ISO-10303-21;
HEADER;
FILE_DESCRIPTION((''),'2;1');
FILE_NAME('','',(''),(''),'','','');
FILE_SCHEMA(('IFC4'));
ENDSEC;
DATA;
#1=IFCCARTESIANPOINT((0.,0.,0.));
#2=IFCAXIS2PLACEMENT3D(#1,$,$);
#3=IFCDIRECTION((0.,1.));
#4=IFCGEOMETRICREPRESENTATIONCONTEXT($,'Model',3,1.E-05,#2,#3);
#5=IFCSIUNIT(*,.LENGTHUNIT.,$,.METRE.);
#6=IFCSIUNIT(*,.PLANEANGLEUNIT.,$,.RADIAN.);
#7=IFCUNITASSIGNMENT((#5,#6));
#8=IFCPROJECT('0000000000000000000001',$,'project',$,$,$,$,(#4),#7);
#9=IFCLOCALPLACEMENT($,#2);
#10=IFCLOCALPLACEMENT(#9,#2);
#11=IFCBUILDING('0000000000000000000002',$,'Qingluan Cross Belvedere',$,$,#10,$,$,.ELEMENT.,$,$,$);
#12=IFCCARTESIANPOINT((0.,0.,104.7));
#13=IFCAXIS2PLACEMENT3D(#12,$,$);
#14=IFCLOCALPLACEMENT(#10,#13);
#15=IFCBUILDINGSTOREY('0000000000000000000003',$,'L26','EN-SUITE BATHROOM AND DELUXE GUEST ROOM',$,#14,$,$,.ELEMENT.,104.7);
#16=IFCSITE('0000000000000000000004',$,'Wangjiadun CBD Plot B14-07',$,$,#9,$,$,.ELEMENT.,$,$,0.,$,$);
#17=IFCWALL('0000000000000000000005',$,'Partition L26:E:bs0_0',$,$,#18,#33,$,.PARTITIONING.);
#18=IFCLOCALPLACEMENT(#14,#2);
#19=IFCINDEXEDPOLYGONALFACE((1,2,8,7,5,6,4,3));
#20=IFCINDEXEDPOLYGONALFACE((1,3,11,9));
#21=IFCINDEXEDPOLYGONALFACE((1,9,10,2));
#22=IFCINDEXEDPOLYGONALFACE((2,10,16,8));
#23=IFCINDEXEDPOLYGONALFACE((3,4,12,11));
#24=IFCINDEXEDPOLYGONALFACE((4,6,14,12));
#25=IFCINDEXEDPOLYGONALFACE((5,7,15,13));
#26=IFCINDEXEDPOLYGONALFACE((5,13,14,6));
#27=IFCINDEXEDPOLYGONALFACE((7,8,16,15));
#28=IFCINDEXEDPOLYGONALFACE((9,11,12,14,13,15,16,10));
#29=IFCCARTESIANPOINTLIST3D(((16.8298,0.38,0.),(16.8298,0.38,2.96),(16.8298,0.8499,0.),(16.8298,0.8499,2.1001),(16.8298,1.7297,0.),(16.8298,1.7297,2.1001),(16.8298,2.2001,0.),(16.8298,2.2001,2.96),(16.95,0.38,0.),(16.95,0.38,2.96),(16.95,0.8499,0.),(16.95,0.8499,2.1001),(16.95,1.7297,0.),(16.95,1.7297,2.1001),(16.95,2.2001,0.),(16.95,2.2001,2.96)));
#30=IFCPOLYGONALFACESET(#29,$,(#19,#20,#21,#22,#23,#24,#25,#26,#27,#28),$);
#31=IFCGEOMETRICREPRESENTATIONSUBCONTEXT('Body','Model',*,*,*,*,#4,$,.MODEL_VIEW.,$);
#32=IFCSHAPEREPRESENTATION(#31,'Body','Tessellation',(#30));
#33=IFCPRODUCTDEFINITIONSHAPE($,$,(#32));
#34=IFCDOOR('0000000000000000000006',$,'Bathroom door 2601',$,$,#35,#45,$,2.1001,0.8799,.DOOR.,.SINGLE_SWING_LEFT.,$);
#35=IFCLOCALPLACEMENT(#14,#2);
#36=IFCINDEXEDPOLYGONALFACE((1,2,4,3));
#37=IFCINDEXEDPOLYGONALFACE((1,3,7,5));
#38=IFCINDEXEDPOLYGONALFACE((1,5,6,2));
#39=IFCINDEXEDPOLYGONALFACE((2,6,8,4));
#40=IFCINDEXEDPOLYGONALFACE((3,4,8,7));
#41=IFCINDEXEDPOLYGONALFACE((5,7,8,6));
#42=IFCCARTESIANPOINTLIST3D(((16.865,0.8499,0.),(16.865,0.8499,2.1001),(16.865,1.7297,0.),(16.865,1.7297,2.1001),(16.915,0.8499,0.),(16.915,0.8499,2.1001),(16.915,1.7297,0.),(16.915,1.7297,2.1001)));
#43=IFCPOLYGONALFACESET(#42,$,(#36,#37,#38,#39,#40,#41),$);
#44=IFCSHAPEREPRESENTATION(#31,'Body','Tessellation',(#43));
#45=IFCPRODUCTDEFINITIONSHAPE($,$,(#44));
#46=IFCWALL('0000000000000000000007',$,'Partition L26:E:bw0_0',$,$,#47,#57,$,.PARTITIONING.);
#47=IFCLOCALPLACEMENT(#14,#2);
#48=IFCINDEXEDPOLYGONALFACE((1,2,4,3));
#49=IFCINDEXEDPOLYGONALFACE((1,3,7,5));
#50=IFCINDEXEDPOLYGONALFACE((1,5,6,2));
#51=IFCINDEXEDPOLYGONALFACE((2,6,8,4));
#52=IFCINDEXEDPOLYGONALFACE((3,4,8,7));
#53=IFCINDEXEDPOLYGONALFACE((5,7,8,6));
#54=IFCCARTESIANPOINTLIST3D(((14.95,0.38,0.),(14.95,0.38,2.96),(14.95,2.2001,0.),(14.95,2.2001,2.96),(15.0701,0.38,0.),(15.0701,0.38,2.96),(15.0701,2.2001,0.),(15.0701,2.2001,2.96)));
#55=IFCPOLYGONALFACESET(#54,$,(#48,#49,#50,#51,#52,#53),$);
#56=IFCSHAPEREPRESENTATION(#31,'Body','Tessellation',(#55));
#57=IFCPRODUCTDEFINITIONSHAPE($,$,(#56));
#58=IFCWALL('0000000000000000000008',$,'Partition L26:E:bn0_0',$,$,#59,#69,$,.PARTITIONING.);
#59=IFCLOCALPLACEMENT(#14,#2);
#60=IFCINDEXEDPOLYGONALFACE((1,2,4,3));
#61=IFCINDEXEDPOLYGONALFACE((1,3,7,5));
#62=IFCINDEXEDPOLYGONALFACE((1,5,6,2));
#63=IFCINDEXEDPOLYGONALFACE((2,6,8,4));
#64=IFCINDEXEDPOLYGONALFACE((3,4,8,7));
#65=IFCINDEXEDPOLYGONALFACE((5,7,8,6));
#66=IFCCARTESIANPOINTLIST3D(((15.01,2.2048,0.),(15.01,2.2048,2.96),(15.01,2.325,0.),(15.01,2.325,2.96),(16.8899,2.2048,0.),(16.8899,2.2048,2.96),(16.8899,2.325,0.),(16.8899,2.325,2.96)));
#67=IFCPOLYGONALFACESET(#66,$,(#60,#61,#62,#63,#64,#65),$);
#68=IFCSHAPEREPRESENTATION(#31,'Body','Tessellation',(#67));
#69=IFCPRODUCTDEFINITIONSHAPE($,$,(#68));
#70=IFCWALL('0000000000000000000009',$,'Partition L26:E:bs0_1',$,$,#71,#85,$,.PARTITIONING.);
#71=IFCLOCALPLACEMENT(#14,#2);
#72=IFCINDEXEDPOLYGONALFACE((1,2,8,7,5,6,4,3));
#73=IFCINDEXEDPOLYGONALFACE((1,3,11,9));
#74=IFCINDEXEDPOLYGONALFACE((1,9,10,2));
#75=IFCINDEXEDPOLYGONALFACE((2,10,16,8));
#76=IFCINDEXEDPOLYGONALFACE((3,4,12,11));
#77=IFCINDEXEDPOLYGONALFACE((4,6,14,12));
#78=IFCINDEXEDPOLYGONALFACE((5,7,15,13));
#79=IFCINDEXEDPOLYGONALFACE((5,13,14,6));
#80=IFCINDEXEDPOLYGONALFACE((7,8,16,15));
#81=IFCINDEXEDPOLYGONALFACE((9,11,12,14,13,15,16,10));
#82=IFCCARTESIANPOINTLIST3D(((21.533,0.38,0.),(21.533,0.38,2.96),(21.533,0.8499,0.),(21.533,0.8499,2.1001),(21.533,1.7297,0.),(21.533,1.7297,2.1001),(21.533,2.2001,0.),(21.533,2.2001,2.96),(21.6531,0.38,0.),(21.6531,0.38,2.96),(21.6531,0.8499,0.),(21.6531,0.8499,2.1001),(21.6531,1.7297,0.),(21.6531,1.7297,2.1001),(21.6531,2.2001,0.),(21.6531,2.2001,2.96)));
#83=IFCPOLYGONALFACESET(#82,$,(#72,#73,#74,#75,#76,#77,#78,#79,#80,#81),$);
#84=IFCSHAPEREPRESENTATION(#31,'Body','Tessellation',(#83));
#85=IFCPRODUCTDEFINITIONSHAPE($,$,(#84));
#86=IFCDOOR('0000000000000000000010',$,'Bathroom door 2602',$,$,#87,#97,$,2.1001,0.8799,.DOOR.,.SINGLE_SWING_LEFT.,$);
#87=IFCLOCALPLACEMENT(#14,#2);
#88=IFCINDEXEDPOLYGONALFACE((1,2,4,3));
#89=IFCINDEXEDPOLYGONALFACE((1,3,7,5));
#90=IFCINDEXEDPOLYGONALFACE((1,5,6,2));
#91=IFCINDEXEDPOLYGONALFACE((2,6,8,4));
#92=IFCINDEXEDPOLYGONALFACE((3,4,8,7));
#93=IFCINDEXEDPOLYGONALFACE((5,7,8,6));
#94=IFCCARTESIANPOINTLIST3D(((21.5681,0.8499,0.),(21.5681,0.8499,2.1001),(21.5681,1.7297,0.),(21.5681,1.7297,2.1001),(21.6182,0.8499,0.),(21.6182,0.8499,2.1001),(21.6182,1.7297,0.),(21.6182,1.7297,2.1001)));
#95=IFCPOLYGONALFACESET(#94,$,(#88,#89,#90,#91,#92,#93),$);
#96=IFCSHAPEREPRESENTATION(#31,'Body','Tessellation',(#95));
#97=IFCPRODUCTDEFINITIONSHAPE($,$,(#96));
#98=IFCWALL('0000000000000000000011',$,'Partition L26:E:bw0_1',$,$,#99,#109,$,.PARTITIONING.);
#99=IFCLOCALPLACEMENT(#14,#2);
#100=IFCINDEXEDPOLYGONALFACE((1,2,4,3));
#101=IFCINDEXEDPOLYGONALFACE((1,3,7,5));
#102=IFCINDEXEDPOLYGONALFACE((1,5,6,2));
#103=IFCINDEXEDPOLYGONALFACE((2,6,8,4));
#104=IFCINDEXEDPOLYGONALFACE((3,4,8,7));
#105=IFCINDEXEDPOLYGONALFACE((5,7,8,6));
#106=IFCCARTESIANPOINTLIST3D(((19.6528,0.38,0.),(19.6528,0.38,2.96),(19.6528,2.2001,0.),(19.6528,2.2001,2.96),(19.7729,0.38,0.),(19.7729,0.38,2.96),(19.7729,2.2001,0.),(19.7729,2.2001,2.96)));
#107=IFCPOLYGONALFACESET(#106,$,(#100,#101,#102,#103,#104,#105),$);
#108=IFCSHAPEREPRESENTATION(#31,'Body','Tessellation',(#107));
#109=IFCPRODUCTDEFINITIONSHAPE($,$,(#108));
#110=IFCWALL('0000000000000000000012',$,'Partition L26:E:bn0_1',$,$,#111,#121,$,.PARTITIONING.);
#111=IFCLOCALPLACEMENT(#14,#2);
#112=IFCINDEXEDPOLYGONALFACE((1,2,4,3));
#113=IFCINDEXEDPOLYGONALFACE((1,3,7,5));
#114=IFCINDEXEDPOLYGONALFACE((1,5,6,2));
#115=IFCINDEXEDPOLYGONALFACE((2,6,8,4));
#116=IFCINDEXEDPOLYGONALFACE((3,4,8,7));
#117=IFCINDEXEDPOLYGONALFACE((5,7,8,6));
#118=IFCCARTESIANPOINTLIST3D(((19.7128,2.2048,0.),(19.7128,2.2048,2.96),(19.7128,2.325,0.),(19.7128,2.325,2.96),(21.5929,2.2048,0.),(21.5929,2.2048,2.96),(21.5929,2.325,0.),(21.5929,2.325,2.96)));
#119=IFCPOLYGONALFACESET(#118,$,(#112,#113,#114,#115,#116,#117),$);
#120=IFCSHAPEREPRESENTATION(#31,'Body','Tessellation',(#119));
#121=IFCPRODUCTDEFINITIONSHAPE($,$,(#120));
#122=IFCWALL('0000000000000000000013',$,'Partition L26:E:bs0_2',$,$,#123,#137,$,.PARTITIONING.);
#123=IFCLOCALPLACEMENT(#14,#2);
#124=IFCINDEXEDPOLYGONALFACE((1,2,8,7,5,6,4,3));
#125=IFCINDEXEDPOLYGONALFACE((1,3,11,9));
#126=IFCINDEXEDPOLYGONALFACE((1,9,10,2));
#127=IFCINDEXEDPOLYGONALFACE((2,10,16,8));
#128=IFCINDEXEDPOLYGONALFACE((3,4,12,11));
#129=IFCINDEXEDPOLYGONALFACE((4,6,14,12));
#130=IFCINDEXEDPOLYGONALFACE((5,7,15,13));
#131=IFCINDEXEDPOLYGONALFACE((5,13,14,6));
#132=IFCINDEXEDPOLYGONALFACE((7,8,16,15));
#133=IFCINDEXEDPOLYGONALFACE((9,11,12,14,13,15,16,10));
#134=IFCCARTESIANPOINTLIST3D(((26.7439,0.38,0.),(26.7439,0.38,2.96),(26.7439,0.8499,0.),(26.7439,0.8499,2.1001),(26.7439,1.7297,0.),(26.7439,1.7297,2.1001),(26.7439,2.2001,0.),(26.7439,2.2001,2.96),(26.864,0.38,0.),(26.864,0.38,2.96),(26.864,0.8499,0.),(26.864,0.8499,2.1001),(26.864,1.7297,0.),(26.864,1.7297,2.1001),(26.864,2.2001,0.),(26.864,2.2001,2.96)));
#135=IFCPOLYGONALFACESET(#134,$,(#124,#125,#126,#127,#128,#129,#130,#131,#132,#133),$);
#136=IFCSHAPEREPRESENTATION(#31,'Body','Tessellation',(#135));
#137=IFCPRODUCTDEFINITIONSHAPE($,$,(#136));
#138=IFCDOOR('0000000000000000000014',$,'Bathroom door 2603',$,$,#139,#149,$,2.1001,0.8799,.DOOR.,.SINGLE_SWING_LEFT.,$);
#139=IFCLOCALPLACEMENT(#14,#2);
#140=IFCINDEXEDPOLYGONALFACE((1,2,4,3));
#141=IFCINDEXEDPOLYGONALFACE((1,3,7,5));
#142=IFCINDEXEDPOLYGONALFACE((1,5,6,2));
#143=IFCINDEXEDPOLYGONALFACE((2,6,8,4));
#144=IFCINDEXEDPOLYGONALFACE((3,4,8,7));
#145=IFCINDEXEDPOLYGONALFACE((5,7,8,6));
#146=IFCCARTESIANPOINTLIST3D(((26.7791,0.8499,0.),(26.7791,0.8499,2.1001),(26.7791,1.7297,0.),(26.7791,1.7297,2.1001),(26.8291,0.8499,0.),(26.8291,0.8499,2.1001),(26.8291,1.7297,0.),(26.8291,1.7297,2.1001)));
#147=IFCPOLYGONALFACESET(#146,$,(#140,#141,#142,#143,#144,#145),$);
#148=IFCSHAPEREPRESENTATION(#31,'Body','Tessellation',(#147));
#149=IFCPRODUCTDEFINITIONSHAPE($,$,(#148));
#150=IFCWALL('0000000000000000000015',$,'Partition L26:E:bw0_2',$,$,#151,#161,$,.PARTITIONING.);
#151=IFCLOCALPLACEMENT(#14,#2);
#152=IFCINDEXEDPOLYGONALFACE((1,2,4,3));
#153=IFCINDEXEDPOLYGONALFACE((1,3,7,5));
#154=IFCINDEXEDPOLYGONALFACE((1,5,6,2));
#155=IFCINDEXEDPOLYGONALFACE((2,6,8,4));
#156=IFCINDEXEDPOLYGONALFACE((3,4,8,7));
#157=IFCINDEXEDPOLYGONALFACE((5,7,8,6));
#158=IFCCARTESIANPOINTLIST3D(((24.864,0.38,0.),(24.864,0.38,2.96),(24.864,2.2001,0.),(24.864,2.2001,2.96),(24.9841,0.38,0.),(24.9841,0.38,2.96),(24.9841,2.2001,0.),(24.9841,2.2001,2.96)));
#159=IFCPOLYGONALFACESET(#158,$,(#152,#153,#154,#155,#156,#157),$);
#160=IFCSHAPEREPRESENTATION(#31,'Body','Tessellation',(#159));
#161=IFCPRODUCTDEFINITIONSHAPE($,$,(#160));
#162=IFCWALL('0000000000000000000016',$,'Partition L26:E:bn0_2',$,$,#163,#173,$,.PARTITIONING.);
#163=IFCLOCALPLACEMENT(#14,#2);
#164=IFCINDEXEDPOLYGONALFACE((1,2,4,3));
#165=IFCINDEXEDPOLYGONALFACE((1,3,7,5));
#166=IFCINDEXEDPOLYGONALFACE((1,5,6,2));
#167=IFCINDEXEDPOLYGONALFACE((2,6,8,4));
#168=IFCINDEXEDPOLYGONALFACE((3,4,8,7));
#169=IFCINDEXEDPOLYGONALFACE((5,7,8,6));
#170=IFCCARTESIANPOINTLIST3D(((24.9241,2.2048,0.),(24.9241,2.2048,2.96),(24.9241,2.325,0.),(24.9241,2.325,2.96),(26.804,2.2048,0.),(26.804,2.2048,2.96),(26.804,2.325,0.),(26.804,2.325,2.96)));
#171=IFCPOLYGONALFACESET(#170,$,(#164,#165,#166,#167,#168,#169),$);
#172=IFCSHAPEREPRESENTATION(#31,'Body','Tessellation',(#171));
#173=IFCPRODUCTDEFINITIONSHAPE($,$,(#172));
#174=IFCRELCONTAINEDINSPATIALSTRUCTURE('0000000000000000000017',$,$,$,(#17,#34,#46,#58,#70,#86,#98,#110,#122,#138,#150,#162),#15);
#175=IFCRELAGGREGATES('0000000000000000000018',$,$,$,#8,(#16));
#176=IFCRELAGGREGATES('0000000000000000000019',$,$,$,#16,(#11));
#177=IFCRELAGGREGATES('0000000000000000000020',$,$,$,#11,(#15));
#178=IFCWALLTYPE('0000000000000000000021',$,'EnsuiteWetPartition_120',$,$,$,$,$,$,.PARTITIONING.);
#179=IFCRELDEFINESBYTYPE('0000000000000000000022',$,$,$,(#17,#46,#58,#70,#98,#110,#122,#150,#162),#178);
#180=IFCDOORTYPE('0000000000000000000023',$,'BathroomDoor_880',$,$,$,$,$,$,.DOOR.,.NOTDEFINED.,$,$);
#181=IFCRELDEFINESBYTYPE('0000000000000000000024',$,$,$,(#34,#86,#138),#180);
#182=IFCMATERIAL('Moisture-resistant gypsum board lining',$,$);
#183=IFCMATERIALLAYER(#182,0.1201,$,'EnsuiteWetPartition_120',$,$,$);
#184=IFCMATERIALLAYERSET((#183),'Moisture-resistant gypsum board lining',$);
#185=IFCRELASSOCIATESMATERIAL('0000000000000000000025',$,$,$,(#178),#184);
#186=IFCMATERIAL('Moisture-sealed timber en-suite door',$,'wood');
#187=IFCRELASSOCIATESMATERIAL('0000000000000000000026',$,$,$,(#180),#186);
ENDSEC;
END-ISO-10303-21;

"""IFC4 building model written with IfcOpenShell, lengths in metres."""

from ifc_helpers import new_model, si_unit, direction, frame, frame_2d, origin, place, context, subcontext, project, spatial, rectangle, extrude, material, layer, layer_set, type_object, element, fill, save


model = new_model("IFC4")

# Units and contexts
model_context = context("Model", 3, precision=1e-05, world=origin(), true_north=direction((0.0, 1.0)))
body_context = subcontext(model_context, "Body", "Model", "MODEL_VIEW")
ifc_project = project(units=[si_unit("LENGTHUNIT", "METRE"), si_unit("PLANEANGLEUNIT", "RADIAN")], contexts=[model_context])

# Site, building, storey
site_placement = place(None, origin())
site = spatial("IfcSite", under=ifc_project, at=site_placement, Name="Wangjiadun CBD Plot B14-07", CompositionType="ELEMENT", RefElevation=0.0)
building_placement = place(site_placement, origin())
building = spatial("IfcBuilding", under=site, at=building_placement, Name="Qingluan Cross Belvedere", CompositionType="ELEMENT")
storey_placement = place(building_placement, frame((0.0, 0.0, 104.7)))
storey = spatial("IfcBuildingStorey", under=building, at=storey_placement, Name="L26", Description="EN-SUITE BATHROOM AND DELUXE GUEST ROOM", CompositionType="ELEMENT", Elevation=104.7)

# Wall, opening, door
ifc_material_1 = material(Name="Moisture-resistant gypsum board lining")
ifc_layer_1 = layer(ifc_material_1, 0.1201, Name="EnsuiteWetPartition_120")
ifc_layer_set_1 = layer_set([ifc_layer_1], Name="Moisture-resistant gypsum board lining")
wall_type_1 = type_object("IfcWallType", Name="EnsuiteWetPartition_120", PredefinedType="PARTITIONING", material=ifc_layer_set_1)
wall_1_placement = place(storey_placement, frame((16.8899, 0.3799, 0.0), z_axis=(0.0, 0.0, 1.0), x_axis=(0.0, 1.0, 0.0)))
wall_1 = element("IfcWall", 1, at=wall_1_placement, inside=storey, type_object=wall_type_1, Name="Partition L26:E:bs0_0", PredefinedType="PARTITIONING", context=body_context, shape_type="SweptSolid", body=[
    extrude(rectangle(XDim=1.8201, YDim=0.1201, at=frame_2d((0.9102, 0.0))), origin(), (0.0, 0.0, 1.0), 2.96),
])
opening_1_placement = place(wall_1_placement, frame((0.47, 0.0, 0.0)))
opening_1 = element("IfcOpeningElement", 2, at=opening_1_placement, cuts=wall_1, PredefinedType="OPENING", context=body_context, shape_type="SweptSolid", body=[
    extrude(rectangle(XDim=0.8799, YDim=2.1001, at=frame_2d((0.4399, 1.05))), frame((0.0, 0.0701, 0.0), z_axis=(0.0, -1.0, 0.0), x_axis=(1.0, 0.0, 0.0)), (0.0, 0.0, 1.0), 0.1401),
])
ifc_material_2 = material(Name="Moisture-sealed timber en-suite door", Category="wood")
door_type_1 = type_object("IfcDoorType", Name="BathroomDoor_880", OperationType="NOTDEFINED", PredefinedType="DOOR", material=ifc_material_2)
door_1_placement = place(opening_1_placement, origin())
door_1 = element("IfcDoor", 3, at=door_1_placement, inside=storey, type_object=door_type_1, Name="Bathroom door 2601", OperationType="SINGLE_SWING_LEFT", OverallHeight=2.1001, OverallWidth=0.8799, PredefinedType="DOOR", context=body_context, shape_type="SweptSolid", body=[
    extrude(rectangle(XDim=0.8799, YDim=2.1001, at=frame_2d((0.4399, 1.05))), frame((0.0, 0.0249, 0.0), z_axis=(0.0, -1.0, 0.0), x_axis=(1.0, 0.0, 0.0)), (0.0, 0.0, 1.0), 0.05),
])
fill(opening_1, door_1)

# Walls
wall_2_placement = place(storey_placement, frame((15.01, 0.3799, 0.0), z_axis=(0.0, 0.0, 1.0), x_axis=(0.0, 1.0, 0.0)))
element("IfcWall", 4, at=wall_2_placement, inside=storey, type_object=wall_type_1, Name="Partition L26:E:bw0_0", PredefinedType="PARTITIONING", context=body_context, shape_type="SweptSolid", body=[
    extrude(rectangle(XDim=1.8201, YDim=0.1201, at=frame_2d((0.9102, 0.0))), origin(), (0.0, 0.0, 1.0), 2.96),
])
wall_3_placement = place(storey_placement, frame((15.01, 2.2649, 0.0), z_axis=(0.0, 0.0, 1.0), x_axis=(1.0, 0.0, 0.0)))
element("IfcWall", 5, at=wall_3_placement, inside=storey, type_object=wall_type_1, Name="Partition L26:E:bn0_0", PredefinedType="PARTITIONING", context=body_context, shape_type="SweptSolid", body=[
    extrude(rectangle(XDim=1.8799, YDim=0.1201, at=frame_2d((0.9399, 0.0))), origin(), (0.0, 0.0, 1.0), 2.96),
])

# Wall, opening, door
wall_4_placement = place(storey_placement, frame((21.593, 0.3799, 0.0), z_axis=(0.0, 0.0, 1.0), x_axis=(0.0, 1.0, 0.0)))
wall_4 = element("IfcWall", 6, at=wall_4_placement, inside=storey, type_object=wall_type_1, Name="Partition L26:E:bs0_1", PredefinedType="PARTITIONING", context=body_context, shape_type="SweptSolid", body=[
    extrude(rectangle(XDim=1.8201, YDim=0.1201, at=frame_2d((0.9102, 0.0))), origin(), (0.0, 0.0, 1.0), 2.96),
])
opening_2_placement = place(wall_4_placement, frame((0.47, 0.0, 0.0)))
opening_2 = element("IfcOpeningElement", 7, at=opening_2_placement, cuts=wall_4, PredefinedType="OPENING", context=body_context, shape_type="SweptSolid", body=[
    extrude(rectangle(XDim=0.8799, YDim=2.1001, at=frame_2d((0.4399, 1.05))), frame((0.0, 0.0701, 0.0), z_axis=(0.0, -1.0, 0.0), x_axis=(1.0, 0.0, 0.0)), (0.0, 0.0, 1.0), 0.1401),
])
door_2_placement = place(opening_2_placement, origin())
door_2 = element("IfcDoor", 8, at=door_2_placement, inside=storey, type_object=door_type_1, Name="Bathroom door 2602", OperationType="SINGLE_SWING_LEFT", OverallHeight=2.1001, OverallWidth=0.8799, PredefinedType="DOOR", context=body_context, shape_type="SweptSolid", body=[
    extrude(rectangle(XDim=0.8799, YDim=2.1001, at=frame_2d((0.4399, 1.05))), frame((0.0, 0.0249, 0.0), z_axis=(0.0, -1.0, 0.0), x_axis=(1.0, 0.0, 0.0)), (0.0, 0.0, 1.0), 0.05),
])
fill(opening_2, door_2)

# Walls
wall_5_placement = place(storey_placement, frame((19.7129, 0.3799, 0.0), z_axis=(0.0, 0.0, 1.0), x_axis=(0.0, 1.0, 0.0)))
element("IfcWall", 9, at=wall_5_placement, inside=storey, type_object=wall_type_1, Name="Partition L26:E:bw0_1", PredefinedType="PARTITIONING", context=body_context, shape_type="SweptSolid", body=[
    extrude(rectangle(XDim=1.8201, YDim=0.1201, at=frame_2d((0.9102, 0.0))), origin(), (0.0, 0.0, 1.0), 2.96),
])
wall_6_placement = place(storey_placement, frame((19.7129, 2.2649, 0.0), z_axis=(0.0, 0.0, 1.0), x_axis=(1.0, 0.0, 0.0)))
element("IfcWall", 10, at=wall_6_placement, inside=storey, type_object=wall_type_1, Name="Partition L26:E:bn0_1", PredefinedType="PARTITIONING", context=body_context, shape_type="SweptSolid", body=[
    extrude(rectangle(XDim=1.8801, YDim=0.1201, at=frame_2d((0.9399, 0.0))), origin(), (0.0, 0.0, 1.0), 2.96),
])

# Wall, opening, door
wall_7_placement = place(storey_placement, frame((26.804, 0.3799, 0.0), z_axis=(0.0, 0.0, 1.0), x_axis=(0.0, 1.0, 0.0)))
wall_7 = element("IfcWall", 11, at=wall_7_placement, inside=storey, type_object=wall_type_1, Name="Partition L26:E:bs0_2", PredefinedType="PARTITIONING", context=body_context, shape_type="SweptSolid", body=[
    extrude(rectangle(XDim=1.8201, YDim=0.1201, at=frame_2d((0.9102, 0.0))), origin(), (0.0, 0.0, 1.0), 2.96),
])
opening_3_placement = place(wall_7_placement, frame((0.47, 0.0, 0.0)))
opening_3 = element("IfcOpeningElement", 12, at=opening_3_placement, cuts=wall_7, PredefinedType="OPENING", context=body_context, shape_type="SweptSolid", body=[
    extrude(rectangle(XDim=0.8799, YDim=2.1001, at=frame_2d((0.4399, 1.05))), frame((0.0, 0.0701, 0.0), z_axis=(0.0, -1.0, 0.0), x_axis=(1.0, 0.0, 0.0)), (0.0, 0.0, 1.0), 0.1401),
])
door_3_placement = place(opening_3_placement, origin())
door_3 = element("IfcDoor", 13, at=door_3_placement, inside=storey, type_object=door_type_1, Name="Bathroom door 2603", OperationType="SINGLE_SWING_LEFT", OverallHeight=2.1001, OverallWidth=0.8799, PredefinedType="DOOR", context=body_context, shape_type="SweptSolid", body=[
    extrude(rectangle(XDim=0.8799, YDim=2.1001, at=frame_2d((0.4399, 1.05))), frame((0.0, 0.0249, 0.0), z_axis=(0.0, -1.0, 0.0), x_axis=(1.0, 0.0, 0.0)), (0.0, 0.0, 1.0), 0.05),
])
fill(opening_3, door_3)

# Walls
wall_8_placement = place(storey_placement, frame((24.9241, 0.3799, 0.0), z_axis=(0.0, 0.0, 1.0), x_axis=(0.0, 1.0, 0.0)))
element("IfcWall", 14, at=wall_8_placement, inside=storey, type_object=wall_type_1, Name="Partition L26:E:bw0_2", PredefinedType="PARTITIONING", context=body_context, shape_type="SweptSolid", body=[
    extrude(rectangle(XDim=1.8201, YDim=0.1201, at=frame_2d((0.9102, 0.0))), origin(), (0.0, 0.0, 1.0), 2.96),
])
wall_9_placement = place(storey_placement, frame((24.9241, 2.2649, 0.0), z_axis=(0.0, 0.0, 1.0), x_axis=(1.0, 0.0, 0.0)))
element("IfcWall", 15, at=wall_9_placement, inside=storey, type_object=wall_type_1, Name="Partition L26:E:bn0_2", PredefinedType="PARTITIONING", context=body_context, shape_type="SweptSolid", body=[
    extrude(rectangle(XDim=1.8799, YDim=0.1201, at=frame_2d((0.9399, 0.0))), origin(), (0.0, 0.0, 1.0), 2.96),
])

save(model, "model.ifc")
